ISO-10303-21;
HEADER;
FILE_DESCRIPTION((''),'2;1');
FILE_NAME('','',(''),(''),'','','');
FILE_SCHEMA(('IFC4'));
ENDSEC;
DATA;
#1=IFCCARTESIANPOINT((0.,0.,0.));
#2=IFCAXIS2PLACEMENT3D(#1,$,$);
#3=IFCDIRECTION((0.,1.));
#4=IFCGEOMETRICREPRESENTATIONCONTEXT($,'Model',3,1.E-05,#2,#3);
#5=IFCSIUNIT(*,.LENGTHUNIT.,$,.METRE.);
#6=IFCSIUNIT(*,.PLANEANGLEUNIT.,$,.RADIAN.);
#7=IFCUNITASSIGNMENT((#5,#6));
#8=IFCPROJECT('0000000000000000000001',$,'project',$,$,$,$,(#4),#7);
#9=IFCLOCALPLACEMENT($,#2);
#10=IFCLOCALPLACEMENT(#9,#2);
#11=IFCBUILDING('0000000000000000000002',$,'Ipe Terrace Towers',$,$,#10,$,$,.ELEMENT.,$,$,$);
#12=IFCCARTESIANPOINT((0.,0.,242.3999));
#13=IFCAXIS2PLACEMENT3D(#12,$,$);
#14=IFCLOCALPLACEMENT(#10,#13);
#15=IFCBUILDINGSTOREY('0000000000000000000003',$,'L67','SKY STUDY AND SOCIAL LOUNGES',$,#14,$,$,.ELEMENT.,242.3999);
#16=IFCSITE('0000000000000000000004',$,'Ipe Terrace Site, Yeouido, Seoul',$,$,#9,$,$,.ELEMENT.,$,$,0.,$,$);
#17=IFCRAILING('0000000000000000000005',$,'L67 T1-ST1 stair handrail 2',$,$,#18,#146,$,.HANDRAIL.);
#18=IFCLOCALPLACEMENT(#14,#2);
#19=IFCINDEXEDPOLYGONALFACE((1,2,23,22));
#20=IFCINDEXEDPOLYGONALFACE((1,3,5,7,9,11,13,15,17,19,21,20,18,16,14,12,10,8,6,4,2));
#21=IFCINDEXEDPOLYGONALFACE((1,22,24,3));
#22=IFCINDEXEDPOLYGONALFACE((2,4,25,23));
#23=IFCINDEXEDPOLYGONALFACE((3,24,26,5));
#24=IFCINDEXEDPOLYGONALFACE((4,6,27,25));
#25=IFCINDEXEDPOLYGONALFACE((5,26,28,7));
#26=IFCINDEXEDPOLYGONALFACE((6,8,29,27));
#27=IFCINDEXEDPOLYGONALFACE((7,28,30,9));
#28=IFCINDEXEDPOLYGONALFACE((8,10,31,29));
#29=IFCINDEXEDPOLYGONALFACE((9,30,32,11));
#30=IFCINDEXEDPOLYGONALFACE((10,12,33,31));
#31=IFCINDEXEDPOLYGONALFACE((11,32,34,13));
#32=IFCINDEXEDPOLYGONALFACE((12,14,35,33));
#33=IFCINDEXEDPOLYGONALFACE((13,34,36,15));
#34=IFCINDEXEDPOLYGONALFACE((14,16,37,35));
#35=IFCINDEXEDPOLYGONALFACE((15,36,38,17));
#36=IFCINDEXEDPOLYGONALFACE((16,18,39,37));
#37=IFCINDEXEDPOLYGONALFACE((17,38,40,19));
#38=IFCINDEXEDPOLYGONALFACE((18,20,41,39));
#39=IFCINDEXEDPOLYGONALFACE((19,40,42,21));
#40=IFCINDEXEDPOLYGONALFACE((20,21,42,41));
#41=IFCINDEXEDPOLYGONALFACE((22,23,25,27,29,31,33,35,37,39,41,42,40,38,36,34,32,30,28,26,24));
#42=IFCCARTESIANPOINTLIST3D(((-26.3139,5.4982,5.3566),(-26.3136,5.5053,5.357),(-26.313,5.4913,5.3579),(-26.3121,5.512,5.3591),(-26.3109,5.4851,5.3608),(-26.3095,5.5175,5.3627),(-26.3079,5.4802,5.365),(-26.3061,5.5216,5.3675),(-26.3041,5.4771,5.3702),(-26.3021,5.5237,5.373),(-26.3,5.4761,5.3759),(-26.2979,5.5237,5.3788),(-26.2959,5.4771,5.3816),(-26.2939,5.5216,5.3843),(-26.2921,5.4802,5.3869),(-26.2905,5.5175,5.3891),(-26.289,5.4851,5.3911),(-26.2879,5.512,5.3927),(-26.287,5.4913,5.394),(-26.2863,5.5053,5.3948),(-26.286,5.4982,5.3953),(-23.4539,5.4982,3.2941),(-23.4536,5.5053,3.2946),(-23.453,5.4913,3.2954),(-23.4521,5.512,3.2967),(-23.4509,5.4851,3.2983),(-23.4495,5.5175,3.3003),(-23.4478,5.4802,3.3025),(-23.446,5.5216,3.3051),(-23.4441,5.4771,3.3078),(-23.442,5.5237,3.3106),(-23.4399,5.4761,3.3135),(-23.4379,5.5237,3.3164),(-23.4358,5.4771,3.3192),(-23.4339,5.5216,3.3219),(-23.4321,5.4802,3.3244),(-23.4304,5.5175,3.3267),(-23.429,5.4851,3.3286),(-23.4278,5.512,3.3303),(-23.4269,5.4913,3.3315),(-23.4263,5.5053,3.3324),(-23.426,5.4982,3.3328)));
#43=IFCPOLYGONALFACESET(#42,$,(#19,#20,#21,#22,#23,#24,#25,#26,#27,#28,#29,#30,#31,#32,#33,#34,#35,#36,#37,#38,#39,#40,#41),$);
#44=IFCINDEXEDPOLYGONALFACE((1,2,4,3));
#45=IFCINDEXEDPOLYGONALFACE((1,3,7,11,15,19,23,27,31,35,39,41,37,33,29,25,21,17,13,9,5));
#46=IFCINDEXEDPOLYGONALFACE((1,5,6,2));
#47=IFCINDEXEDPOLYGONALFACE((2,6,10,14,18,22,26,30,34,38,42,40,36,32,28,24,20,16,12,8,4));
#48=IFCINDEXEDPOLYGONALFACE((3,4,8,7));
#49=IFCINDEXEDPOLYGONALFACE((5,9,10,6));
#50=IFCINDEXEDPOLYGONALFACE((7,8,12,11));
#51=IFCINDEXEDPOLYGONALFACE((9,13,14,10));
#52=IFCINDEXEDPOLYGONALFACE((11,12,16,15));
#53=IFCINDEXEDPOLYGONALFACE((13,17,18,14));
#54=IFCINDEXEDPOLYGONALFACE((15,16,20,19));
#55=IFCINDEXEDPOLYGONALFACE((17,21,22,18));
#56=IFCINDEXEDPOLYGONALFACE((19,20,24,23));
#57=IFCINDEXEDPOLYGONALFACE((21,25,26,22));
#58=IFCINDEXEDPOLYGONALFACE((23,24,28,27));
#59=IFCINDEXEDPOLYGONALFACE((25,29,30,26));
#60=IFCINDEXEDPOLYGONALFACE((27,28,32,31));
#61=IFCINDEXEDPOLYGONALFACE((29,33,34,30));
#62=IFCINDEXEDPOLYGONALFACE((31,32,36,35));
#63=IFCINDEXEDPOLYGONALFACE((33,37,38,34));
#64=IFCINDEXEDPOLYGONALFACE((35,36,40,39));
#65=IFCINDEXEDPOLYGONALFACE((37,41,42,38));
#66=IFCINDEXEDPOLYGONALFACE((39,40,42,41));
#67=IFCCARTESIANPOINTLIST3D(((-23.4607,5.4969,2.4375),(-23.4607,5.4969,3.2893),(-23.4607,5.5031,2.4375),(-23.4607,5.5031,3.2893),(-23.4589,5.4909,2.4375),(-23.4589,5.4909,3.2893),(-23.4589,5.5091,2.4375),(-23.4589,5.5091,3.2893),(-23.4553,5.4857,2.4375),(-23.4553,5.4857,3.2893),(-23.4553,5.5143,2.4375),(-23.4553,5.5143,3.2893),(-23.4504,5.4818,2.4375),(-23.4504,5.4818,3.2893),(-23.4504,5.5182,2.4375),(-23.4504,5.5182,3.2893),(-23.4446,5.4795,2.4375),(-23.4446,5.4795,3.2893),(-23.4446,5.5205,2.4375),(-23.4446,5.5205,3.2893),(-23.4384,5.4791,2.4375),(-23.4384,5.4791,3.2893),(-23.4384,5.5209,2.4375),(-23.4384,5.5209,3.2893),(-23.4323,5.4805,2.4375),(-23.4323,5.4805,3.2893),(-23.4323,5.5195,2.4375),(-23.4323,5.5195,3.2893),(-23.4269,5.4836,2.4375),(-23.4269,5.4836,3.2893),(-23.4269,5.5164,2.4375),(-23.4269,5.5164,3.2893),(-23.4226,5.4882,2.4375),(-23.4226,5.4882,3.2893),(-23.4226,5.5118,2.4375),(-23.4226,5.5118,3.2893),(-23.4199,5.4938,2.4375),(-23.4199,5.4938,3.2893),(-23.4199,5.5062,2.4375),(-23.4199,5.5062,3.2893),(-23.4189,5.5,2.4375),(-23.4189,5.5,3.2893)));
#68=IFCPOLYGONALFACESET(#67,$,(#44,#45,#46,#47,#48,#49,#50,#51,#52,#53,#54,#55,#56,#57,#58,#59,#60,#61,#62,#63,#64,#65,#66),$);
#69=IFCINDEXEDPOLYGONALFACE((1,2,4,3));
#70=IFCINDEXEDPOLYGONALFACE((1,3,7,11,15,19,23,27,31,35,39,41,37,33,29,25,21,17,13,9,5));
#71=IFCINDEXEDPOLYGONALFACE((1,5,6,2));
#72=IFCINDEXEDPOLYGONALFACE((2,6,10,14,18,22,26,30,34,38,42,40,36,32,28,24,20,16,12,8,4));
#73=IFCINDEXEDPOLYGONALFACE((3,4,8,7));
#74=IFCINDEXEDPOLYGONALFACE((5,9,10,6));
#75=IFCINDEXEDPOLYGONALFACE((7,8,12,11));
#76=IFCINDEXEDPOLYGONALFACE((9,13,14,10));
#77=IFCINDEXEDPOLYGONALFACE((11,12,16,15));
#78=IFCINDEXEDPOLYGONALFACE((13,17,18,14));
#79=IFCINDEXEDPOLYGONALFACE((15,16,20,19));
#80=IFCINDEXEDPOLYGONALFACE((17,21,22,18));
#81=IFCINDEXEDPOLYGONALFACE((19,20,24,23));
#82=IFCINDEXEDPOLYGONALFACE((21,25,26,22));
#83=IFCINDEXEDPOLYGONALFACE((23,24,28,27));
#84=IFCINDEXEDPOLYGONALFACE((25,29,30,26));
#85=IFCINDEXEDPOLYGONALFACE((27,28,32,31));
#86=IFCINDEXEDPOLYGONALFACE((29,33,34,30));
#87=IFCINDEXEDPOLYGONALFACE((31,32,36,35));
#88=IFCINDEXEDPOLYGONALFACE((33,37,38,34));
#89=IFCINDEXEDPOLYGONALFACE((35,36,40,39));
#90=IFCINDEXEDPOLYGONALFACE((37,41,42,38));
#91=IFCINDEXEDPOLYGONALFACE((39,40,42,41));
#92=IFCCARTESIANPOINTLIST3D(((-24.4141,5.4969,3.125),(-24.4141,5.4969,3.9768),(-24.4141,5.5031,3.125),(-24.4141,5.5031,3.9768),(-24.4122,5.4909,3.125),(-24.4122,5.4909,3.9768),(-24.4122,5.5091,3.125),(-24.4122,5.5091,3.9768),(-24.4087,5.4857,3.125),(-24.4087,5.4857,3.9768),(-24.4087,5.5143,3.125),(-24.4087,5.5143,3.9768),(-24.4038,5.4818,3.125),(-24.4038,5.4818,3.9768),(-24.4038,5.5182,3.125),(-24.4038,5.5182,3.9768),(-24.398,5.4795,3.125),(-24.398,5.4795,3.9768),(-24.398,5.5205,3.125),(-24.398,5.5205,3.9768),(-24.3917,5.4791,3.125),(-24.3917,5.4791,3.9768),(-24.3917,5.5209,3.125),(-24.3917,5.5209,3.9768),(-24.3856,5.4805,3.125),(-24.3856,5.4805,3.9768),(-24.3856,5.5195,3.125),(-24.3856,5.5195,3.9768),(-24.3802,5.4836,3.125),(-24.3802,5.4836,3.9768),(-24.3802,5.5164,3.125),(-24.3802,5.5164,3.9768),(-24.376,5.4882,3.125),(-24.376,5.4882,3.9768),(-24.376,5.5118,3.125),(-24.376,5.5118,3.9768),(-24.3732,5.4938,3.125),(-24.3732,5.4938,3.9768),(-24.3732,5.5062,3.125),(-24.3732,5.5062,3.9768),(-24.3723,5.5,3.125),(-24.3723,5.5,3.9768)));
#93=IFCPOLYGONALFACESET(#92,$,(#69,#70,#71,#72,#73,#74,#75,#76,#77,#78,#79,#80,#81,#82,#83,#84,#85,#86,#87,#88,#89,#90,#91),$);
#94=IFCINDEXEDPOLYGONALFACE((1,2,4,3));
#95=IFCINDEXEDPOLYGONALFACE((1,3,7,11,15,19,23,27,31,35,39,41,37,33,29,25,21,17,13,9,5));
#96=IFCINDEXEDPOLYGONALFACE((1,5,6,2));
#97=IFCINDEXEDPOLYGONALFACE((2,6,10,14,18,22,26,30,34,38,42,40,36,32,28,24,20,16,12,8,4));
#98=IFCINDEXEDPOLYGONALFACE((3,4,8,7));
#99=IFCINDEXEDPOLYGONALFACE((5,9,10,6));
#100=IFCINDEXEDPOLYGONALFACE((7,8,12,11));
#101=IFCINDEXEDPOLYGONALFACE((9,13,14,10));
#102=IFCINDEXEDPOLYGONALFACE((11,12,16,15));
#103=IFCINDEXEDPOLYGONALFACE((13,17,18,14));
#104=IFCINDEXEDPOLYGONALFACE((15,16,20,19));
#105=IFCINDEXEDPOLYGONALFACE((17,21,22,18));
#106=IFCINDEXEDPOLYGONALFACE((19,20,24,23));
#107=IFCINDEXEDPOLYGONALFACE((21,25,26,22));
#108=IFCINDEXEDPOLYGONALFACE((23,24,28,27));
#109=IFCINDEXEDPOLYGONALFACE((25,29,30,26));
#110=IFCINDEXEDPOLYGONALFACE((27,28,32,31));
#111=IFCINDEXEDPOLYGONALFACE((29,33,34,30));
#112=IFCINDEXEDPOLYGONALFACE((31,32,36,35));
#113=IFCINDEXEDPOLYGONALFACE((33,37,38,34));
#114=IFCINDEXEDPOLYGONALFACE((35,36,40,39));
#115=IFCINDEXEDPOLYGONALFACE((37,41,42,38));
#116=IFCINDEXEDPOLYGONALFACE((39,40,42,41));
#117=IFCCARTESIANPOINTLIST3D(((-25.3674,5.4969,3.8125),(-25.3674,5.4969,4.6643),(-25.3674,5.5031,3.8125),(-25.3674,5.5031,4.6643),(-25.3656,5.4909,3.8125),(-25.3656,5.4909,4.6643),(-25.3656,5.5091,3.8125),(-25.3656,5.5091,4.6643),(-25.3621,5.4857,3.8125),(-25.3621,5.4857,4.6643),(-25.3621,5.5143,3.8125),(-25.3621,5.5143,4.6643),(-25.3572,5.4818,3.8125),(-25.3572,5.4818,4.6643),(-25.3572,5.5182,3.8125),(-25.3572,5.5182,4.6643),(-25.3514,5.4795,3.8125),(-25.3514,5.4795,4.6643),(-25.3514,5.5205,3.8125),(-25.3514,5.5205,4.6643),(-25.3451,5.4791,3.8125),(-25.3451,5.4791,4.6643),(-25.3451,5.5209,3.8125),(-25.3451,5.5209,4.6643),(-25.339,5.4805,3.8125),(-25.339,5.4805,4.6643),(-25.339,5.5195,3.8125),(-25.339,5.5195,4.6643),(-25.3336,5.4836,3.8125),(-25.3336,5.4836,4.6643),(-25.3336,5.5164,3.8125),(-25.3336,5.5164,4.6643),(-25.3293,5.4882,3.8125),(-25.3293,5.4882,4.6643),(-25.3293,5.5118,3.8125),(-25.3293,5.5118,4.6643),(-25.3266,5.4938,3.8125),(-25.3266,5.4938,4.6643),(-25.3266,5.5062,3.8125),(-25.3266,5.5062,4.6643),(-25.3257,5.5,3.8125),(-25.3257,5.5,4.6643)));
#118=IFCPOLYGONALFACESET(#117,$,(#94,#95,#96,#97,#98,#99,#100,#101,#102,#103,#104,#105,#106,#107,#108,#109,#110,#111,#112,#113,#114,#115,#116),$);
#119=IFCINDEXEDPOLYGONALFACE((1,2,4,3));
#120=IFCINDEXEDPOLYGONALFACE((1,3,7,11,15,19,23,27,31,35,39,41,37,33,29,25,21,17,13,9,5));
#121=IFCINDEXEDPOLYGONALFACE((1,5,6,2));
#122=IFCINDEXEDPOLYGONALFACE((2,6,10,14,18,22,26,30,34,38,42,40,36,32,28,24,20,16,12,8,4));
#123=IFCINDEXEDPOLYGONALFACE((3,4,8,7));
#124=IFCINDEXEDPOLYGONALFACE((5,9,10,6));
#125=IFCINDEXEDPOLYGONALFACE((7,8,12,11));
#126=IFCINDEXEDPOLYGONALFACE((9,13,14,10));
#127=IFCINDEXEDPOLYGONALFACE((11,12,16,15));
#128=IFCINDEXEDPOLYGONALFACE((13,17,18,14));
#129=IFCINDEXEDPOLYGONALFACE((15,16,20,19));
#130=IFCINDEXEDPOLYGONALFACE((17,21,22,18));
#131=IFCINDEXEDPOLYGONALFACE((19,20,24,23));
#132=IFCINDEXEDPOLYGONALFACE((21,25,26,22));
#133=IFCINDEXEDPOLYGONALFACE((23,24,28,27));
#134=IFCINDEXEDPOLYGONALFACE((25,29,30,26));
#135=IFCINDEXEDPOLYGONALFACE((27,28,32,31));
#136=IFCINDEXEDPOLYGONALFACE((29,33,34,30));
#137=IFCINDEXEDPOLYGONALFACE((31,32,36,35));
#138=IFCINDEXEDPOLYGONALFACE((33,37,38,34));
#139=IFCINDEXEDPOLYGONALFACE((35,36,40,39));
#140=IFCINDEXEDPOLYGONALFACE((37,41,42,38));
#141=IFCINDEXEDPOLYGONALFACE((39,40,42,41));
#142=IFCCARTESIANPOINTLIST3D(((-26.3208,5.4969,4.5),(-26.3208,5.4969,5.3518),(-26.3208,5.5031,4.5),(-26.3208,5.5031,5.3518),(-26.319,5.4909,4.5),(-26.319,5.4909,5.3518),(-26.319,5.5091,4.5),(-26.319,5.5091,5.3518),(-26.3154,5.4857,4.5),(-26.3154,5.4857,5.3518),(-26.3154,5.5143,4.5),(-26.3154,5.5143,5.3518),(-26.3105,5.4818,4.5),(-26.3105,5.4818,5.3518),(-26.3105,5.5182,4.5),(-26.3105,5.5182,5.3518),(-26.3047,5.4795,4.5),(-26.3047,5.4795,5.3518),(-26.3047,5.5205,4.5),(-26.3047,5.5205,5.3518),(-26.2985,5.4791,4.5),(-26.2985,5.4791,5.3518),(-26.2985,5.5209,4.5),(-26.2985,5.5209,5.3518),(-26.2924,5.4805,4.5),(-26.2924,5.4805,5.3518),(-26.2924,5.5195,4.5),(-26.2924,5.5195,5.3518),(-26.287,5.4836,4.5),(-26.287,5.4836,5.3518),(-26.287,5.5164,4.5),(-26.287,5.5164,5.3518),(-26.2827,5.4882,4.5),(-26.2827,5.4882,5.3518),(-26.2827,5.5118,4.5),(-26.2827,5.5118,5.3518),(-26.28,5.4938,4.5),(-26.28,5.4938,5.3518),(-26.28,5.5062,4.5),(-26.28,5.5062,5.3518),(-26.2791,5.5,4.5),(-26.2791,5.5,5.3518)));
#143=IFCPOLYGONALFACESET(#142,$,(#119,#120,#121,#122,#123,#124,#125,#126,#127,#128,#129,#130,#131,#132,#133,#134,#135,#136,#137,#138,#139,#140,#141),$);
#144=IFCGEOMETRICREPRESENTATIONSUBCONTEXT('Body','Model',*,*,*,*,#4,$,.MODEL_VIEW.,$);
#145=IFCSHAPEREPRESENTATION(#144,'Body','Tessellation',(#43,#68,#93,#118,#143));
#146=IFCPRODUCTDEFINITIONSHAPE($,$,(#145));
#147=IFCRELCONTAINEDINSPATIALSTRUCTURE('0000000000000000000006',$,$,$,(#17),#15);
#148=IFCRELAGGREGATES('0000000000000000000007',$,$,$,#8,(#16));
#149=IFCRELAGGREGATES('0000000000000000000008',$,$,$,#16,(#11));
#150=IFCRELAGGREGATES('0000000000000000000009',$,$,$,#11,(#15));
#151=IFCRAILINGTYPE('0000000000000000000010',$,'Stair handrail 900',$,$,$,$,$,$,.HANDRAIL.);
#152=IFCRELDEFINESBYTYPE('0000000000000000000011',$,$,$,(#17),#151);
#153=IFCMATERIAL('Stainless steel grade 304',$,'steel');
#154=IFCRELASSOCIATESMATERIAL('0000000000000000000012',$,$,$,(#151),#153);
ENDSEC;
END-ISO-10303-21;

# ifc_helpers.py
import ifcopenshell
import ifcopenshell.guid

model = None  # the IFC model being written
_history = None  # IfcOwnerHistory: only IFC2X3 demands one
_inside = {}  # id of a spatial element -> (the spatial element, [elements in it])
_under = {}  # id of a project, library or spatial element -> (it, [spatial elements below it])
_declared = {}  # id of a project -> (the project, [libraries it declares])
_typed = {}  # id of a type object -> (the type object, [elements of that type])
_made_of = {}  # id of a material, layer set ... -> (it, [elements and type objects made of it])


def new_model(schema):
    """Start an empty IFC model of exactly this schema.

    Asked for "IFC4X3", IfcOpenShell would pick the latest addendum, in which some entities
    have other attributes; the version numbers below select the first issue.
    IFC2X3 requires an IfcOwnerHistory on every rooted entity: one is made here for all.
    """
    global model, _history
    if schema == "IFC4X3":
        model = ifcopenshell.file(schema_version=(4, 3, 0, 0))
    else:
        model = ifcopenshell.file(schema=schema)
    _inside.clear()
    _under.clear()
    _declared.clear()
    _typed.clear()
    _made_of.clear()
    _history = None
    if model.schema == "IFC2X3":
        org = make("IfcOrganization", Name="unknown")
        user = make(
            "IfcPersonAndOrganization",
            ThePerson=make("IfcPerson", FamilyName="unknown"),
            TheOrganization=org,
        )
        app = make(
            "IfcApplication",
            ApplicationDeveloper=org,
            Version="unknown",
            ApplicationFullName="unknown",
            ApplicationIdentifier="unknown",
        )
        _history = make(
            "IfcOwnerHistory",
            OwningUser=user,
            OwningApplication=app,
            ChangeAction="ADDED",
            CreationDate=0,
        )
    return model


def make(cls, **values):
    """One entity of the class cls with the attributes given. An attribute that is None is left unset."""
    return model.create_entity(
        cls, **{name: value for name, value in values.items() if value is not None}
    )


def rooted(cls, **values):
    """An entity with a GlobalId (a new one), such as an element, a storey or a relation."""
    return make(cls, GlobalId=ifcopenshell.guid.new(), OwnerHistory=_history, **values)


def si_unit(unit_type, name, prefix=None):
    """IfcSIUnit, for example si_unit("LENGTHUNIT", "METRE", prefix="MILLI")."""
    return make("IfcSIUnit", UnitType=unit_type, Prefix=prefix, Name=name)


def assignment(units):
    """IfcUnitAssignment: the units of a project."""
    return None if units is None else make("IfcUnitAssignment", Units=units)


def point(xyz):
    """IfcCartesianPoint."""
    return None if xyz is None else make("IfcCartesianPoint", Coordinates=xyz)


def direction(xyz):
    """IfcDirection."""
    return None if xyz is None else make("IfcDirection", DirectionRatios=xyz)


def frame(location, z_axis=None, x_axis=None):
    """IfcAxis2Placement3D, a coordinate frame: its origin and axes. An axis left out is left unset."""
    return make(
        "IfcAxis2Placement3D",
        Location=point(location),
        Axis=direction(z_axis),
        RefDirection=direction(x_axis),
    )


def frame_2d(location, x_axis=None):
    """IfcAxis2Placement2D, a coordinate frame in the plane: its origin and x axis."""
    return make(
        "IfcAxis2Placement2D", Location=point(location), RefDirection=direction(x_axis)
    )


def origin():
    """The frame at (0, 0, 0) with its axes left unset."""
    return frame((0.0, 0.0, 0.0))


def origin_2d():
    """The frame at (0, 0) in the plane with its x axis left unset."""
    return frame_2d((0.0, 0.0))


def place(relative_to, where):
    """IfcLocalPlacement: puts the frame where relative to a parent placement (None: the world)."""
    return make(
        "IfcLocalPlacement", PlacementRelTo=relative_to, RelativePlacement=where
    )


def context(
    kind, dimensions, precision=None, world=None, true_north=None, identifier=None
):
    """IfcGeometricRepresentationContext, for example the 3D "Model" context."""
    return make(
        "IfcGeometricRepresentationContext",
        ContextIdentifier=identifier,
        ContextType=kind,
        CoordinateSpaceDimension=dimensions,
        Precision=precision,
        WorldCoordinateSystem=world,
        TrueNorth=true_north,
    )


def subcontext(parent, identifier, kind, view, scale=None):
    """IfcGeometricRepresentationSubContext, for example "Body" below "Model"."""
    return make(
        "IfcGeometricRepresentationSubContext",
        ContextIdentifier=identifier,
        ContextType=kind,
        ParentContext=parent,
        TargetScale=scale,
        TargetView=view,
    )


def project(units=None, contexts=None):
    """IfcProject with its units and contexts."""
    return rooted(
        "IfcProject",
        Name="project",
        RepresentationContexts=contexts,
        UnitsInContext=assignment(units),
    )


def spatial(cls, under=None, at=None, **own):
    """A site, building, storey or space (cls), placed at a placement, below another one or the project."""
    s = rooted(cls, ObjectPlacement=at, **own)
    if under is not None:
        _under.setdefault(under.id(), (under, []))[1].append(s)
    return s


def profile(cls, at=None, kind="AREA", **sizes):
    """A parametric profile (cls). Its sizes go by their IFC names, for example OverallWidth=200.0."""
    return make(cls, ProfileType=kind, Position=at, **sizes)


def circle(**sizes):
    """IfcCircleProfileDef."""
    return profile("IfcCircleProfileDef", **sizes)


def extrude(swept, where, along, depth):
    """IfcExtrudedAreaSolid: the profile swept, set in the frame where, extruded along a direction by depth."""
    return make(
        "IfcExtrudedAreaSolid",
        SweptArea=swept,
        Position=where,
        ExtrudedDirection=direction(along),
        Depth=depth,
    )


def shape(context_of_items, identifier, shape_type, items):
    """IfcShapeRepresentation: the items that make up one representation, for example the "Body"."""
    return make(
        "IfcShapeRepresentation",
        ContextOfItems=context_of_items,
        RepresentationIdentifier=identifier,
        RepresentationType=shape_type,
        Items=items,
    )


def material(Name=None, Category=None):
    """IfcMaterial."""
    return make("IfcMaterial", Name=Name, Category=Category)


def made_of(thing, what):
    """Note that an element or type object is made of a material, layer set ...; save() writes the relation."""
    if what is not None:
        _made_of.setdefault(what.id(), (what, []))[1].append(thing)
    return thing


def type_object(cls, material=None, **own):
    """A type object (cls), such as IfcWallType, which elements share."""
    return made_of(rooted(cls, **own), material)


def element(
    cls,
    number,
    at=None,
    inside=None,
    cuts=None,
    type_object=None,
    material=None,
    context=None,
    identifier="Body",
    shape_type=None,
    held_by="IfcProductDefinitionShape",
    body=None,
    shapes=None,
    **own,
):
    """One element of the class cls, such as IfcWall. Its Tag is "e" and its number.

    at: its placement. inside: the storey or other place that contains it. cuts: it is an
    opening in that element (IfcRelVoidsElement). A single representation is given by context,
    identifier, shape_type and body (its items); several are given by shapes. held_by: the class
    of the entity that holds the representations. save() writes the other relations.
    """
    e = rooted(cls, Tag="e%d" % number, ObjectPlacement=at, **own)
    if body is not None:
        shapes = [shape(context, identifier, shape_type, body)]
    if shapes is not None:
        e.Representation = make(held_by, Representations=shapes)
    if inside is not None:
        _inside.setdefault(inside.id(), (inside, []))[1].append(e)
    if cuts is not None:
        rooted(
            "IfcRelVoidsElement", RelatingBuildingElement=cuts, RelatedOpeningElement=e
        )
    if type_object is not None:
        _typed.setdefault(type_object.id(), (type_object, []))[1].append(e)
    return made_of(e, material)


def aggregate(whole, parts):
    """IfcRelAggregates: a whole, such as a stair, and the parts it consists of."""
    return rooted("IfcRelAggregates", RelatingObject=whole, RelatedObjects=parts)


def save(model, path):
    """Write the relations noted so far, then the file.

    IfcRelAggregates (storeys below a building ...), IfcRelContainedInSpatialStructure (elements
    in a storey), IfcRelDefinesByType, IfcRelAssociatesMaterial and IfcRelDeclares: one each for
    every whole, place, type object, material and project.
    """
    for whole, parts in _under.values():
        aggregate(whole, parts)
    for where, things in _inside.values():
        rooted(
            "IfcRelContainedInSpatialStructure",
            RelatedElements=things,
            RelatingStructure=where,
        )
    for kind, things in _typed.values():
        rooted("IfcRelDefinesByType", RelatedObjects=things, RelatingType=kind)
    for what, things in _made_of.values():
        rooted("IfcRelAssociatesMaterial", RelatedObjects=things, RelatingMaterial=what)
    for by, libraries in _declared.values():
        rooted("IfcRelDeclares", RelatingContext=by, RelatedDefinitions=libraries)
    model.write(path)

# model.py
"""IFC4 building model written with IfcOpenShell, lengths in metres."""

from ifc_helpers import new_model, si_unit, direction, frame, origin, origin_2d, place, context, subcontext, project, spatial, circle, extrude, material, type_object, element, save


model = new_model("IFC4")

# Units and contexts
model_context = context("Model", 3, precision=1e-05, world=origin(), true_north=direction((0.0, 1.0)))
body_context = subcontext(model_context, "Body", "Model", "MODEL_VIEW")
ifc_project = project(units=[si_unit("LENGTHUNIT", "METRE"), si_unit("PLANEANGLEUNIT", "RADIAN")], contexts=[model_context])

# Site, building, storey
site_placement = place(None, origin())
site = spatial("IfcSite", under=ifc_project, at=site_placement, Name="Ipe Terrace Site, Yeouido, Seoul", CompositionType="ELEMENT", RefElevation=0.0)
building_placement = place(site_placement, origin())
building = spatial("IfcBuilding", under=site, at=building_placement, Name="Ipe Terrace Towers", CompositionType="ELEMENT")
storey_placement = place(building_placement, frame((0.0, 0.0, 242.3999)))
storey = spatial("IfcBuildingStorey", under=building, at=storey_placement, Name="L67", Description="SKY STUDY AND SOCIAL LOUNGES", CompositionType="ELEMENT", Elevation=242.3999)

# Railing
ifc_material_1 = material(Name="Stainless steel grade 304", Category="steel")
railing_type_1 = type_object("IfcRailingType", Name="Stair handrail 900", PredefinedType="HANDRAIL", material=ifc_material_1)
railing_1_placement = place(storey_placement, frame((-23.4399, 5.5, 2.4375)))
element("IfcRailing", 1, at=railing_1_placement, inside=storey, type_object=railing_type_1, Name="L67 T1-ST1 stair handrail 2", PredefinedType="HANDRAIL", context=body_context, shape_type="SweptSolid", body=[
    extrude(circle(Radius=0.0239, at=origin_2d()), frame((0.0, 0.0, 0.876), z_axis=(-0.811101, 0.0, 0.584906), x_axis=(0.0, -1.0, 0.0)), (0.0, 0.0, 1.0), 3.5261),
    extrude(circle(Radius=0.021, at=origin_2d()), origin(), (0.0, 0.0, 1.0), 0.8518),
    extrude(circle(Radius=0.021, at=origin_2d()), frame((-0.9534, 0.0, 0.6875)), (0.0, 0.0, 1.0), 0.8518),
    extrude(circle(Radius=0.021, at=origin_2d()), frame((-1.9067, 0.0, 1.375)), (0.0, 0.0, 1.0), 0.8518),
    extrude(circle(Radius=0.021, at=origin_2d()), frame((-2.8601, 0.0, 2.0625)), (0.0, 0.0, 1.0), 0.8518),
])

save(model, "model.ifc")
